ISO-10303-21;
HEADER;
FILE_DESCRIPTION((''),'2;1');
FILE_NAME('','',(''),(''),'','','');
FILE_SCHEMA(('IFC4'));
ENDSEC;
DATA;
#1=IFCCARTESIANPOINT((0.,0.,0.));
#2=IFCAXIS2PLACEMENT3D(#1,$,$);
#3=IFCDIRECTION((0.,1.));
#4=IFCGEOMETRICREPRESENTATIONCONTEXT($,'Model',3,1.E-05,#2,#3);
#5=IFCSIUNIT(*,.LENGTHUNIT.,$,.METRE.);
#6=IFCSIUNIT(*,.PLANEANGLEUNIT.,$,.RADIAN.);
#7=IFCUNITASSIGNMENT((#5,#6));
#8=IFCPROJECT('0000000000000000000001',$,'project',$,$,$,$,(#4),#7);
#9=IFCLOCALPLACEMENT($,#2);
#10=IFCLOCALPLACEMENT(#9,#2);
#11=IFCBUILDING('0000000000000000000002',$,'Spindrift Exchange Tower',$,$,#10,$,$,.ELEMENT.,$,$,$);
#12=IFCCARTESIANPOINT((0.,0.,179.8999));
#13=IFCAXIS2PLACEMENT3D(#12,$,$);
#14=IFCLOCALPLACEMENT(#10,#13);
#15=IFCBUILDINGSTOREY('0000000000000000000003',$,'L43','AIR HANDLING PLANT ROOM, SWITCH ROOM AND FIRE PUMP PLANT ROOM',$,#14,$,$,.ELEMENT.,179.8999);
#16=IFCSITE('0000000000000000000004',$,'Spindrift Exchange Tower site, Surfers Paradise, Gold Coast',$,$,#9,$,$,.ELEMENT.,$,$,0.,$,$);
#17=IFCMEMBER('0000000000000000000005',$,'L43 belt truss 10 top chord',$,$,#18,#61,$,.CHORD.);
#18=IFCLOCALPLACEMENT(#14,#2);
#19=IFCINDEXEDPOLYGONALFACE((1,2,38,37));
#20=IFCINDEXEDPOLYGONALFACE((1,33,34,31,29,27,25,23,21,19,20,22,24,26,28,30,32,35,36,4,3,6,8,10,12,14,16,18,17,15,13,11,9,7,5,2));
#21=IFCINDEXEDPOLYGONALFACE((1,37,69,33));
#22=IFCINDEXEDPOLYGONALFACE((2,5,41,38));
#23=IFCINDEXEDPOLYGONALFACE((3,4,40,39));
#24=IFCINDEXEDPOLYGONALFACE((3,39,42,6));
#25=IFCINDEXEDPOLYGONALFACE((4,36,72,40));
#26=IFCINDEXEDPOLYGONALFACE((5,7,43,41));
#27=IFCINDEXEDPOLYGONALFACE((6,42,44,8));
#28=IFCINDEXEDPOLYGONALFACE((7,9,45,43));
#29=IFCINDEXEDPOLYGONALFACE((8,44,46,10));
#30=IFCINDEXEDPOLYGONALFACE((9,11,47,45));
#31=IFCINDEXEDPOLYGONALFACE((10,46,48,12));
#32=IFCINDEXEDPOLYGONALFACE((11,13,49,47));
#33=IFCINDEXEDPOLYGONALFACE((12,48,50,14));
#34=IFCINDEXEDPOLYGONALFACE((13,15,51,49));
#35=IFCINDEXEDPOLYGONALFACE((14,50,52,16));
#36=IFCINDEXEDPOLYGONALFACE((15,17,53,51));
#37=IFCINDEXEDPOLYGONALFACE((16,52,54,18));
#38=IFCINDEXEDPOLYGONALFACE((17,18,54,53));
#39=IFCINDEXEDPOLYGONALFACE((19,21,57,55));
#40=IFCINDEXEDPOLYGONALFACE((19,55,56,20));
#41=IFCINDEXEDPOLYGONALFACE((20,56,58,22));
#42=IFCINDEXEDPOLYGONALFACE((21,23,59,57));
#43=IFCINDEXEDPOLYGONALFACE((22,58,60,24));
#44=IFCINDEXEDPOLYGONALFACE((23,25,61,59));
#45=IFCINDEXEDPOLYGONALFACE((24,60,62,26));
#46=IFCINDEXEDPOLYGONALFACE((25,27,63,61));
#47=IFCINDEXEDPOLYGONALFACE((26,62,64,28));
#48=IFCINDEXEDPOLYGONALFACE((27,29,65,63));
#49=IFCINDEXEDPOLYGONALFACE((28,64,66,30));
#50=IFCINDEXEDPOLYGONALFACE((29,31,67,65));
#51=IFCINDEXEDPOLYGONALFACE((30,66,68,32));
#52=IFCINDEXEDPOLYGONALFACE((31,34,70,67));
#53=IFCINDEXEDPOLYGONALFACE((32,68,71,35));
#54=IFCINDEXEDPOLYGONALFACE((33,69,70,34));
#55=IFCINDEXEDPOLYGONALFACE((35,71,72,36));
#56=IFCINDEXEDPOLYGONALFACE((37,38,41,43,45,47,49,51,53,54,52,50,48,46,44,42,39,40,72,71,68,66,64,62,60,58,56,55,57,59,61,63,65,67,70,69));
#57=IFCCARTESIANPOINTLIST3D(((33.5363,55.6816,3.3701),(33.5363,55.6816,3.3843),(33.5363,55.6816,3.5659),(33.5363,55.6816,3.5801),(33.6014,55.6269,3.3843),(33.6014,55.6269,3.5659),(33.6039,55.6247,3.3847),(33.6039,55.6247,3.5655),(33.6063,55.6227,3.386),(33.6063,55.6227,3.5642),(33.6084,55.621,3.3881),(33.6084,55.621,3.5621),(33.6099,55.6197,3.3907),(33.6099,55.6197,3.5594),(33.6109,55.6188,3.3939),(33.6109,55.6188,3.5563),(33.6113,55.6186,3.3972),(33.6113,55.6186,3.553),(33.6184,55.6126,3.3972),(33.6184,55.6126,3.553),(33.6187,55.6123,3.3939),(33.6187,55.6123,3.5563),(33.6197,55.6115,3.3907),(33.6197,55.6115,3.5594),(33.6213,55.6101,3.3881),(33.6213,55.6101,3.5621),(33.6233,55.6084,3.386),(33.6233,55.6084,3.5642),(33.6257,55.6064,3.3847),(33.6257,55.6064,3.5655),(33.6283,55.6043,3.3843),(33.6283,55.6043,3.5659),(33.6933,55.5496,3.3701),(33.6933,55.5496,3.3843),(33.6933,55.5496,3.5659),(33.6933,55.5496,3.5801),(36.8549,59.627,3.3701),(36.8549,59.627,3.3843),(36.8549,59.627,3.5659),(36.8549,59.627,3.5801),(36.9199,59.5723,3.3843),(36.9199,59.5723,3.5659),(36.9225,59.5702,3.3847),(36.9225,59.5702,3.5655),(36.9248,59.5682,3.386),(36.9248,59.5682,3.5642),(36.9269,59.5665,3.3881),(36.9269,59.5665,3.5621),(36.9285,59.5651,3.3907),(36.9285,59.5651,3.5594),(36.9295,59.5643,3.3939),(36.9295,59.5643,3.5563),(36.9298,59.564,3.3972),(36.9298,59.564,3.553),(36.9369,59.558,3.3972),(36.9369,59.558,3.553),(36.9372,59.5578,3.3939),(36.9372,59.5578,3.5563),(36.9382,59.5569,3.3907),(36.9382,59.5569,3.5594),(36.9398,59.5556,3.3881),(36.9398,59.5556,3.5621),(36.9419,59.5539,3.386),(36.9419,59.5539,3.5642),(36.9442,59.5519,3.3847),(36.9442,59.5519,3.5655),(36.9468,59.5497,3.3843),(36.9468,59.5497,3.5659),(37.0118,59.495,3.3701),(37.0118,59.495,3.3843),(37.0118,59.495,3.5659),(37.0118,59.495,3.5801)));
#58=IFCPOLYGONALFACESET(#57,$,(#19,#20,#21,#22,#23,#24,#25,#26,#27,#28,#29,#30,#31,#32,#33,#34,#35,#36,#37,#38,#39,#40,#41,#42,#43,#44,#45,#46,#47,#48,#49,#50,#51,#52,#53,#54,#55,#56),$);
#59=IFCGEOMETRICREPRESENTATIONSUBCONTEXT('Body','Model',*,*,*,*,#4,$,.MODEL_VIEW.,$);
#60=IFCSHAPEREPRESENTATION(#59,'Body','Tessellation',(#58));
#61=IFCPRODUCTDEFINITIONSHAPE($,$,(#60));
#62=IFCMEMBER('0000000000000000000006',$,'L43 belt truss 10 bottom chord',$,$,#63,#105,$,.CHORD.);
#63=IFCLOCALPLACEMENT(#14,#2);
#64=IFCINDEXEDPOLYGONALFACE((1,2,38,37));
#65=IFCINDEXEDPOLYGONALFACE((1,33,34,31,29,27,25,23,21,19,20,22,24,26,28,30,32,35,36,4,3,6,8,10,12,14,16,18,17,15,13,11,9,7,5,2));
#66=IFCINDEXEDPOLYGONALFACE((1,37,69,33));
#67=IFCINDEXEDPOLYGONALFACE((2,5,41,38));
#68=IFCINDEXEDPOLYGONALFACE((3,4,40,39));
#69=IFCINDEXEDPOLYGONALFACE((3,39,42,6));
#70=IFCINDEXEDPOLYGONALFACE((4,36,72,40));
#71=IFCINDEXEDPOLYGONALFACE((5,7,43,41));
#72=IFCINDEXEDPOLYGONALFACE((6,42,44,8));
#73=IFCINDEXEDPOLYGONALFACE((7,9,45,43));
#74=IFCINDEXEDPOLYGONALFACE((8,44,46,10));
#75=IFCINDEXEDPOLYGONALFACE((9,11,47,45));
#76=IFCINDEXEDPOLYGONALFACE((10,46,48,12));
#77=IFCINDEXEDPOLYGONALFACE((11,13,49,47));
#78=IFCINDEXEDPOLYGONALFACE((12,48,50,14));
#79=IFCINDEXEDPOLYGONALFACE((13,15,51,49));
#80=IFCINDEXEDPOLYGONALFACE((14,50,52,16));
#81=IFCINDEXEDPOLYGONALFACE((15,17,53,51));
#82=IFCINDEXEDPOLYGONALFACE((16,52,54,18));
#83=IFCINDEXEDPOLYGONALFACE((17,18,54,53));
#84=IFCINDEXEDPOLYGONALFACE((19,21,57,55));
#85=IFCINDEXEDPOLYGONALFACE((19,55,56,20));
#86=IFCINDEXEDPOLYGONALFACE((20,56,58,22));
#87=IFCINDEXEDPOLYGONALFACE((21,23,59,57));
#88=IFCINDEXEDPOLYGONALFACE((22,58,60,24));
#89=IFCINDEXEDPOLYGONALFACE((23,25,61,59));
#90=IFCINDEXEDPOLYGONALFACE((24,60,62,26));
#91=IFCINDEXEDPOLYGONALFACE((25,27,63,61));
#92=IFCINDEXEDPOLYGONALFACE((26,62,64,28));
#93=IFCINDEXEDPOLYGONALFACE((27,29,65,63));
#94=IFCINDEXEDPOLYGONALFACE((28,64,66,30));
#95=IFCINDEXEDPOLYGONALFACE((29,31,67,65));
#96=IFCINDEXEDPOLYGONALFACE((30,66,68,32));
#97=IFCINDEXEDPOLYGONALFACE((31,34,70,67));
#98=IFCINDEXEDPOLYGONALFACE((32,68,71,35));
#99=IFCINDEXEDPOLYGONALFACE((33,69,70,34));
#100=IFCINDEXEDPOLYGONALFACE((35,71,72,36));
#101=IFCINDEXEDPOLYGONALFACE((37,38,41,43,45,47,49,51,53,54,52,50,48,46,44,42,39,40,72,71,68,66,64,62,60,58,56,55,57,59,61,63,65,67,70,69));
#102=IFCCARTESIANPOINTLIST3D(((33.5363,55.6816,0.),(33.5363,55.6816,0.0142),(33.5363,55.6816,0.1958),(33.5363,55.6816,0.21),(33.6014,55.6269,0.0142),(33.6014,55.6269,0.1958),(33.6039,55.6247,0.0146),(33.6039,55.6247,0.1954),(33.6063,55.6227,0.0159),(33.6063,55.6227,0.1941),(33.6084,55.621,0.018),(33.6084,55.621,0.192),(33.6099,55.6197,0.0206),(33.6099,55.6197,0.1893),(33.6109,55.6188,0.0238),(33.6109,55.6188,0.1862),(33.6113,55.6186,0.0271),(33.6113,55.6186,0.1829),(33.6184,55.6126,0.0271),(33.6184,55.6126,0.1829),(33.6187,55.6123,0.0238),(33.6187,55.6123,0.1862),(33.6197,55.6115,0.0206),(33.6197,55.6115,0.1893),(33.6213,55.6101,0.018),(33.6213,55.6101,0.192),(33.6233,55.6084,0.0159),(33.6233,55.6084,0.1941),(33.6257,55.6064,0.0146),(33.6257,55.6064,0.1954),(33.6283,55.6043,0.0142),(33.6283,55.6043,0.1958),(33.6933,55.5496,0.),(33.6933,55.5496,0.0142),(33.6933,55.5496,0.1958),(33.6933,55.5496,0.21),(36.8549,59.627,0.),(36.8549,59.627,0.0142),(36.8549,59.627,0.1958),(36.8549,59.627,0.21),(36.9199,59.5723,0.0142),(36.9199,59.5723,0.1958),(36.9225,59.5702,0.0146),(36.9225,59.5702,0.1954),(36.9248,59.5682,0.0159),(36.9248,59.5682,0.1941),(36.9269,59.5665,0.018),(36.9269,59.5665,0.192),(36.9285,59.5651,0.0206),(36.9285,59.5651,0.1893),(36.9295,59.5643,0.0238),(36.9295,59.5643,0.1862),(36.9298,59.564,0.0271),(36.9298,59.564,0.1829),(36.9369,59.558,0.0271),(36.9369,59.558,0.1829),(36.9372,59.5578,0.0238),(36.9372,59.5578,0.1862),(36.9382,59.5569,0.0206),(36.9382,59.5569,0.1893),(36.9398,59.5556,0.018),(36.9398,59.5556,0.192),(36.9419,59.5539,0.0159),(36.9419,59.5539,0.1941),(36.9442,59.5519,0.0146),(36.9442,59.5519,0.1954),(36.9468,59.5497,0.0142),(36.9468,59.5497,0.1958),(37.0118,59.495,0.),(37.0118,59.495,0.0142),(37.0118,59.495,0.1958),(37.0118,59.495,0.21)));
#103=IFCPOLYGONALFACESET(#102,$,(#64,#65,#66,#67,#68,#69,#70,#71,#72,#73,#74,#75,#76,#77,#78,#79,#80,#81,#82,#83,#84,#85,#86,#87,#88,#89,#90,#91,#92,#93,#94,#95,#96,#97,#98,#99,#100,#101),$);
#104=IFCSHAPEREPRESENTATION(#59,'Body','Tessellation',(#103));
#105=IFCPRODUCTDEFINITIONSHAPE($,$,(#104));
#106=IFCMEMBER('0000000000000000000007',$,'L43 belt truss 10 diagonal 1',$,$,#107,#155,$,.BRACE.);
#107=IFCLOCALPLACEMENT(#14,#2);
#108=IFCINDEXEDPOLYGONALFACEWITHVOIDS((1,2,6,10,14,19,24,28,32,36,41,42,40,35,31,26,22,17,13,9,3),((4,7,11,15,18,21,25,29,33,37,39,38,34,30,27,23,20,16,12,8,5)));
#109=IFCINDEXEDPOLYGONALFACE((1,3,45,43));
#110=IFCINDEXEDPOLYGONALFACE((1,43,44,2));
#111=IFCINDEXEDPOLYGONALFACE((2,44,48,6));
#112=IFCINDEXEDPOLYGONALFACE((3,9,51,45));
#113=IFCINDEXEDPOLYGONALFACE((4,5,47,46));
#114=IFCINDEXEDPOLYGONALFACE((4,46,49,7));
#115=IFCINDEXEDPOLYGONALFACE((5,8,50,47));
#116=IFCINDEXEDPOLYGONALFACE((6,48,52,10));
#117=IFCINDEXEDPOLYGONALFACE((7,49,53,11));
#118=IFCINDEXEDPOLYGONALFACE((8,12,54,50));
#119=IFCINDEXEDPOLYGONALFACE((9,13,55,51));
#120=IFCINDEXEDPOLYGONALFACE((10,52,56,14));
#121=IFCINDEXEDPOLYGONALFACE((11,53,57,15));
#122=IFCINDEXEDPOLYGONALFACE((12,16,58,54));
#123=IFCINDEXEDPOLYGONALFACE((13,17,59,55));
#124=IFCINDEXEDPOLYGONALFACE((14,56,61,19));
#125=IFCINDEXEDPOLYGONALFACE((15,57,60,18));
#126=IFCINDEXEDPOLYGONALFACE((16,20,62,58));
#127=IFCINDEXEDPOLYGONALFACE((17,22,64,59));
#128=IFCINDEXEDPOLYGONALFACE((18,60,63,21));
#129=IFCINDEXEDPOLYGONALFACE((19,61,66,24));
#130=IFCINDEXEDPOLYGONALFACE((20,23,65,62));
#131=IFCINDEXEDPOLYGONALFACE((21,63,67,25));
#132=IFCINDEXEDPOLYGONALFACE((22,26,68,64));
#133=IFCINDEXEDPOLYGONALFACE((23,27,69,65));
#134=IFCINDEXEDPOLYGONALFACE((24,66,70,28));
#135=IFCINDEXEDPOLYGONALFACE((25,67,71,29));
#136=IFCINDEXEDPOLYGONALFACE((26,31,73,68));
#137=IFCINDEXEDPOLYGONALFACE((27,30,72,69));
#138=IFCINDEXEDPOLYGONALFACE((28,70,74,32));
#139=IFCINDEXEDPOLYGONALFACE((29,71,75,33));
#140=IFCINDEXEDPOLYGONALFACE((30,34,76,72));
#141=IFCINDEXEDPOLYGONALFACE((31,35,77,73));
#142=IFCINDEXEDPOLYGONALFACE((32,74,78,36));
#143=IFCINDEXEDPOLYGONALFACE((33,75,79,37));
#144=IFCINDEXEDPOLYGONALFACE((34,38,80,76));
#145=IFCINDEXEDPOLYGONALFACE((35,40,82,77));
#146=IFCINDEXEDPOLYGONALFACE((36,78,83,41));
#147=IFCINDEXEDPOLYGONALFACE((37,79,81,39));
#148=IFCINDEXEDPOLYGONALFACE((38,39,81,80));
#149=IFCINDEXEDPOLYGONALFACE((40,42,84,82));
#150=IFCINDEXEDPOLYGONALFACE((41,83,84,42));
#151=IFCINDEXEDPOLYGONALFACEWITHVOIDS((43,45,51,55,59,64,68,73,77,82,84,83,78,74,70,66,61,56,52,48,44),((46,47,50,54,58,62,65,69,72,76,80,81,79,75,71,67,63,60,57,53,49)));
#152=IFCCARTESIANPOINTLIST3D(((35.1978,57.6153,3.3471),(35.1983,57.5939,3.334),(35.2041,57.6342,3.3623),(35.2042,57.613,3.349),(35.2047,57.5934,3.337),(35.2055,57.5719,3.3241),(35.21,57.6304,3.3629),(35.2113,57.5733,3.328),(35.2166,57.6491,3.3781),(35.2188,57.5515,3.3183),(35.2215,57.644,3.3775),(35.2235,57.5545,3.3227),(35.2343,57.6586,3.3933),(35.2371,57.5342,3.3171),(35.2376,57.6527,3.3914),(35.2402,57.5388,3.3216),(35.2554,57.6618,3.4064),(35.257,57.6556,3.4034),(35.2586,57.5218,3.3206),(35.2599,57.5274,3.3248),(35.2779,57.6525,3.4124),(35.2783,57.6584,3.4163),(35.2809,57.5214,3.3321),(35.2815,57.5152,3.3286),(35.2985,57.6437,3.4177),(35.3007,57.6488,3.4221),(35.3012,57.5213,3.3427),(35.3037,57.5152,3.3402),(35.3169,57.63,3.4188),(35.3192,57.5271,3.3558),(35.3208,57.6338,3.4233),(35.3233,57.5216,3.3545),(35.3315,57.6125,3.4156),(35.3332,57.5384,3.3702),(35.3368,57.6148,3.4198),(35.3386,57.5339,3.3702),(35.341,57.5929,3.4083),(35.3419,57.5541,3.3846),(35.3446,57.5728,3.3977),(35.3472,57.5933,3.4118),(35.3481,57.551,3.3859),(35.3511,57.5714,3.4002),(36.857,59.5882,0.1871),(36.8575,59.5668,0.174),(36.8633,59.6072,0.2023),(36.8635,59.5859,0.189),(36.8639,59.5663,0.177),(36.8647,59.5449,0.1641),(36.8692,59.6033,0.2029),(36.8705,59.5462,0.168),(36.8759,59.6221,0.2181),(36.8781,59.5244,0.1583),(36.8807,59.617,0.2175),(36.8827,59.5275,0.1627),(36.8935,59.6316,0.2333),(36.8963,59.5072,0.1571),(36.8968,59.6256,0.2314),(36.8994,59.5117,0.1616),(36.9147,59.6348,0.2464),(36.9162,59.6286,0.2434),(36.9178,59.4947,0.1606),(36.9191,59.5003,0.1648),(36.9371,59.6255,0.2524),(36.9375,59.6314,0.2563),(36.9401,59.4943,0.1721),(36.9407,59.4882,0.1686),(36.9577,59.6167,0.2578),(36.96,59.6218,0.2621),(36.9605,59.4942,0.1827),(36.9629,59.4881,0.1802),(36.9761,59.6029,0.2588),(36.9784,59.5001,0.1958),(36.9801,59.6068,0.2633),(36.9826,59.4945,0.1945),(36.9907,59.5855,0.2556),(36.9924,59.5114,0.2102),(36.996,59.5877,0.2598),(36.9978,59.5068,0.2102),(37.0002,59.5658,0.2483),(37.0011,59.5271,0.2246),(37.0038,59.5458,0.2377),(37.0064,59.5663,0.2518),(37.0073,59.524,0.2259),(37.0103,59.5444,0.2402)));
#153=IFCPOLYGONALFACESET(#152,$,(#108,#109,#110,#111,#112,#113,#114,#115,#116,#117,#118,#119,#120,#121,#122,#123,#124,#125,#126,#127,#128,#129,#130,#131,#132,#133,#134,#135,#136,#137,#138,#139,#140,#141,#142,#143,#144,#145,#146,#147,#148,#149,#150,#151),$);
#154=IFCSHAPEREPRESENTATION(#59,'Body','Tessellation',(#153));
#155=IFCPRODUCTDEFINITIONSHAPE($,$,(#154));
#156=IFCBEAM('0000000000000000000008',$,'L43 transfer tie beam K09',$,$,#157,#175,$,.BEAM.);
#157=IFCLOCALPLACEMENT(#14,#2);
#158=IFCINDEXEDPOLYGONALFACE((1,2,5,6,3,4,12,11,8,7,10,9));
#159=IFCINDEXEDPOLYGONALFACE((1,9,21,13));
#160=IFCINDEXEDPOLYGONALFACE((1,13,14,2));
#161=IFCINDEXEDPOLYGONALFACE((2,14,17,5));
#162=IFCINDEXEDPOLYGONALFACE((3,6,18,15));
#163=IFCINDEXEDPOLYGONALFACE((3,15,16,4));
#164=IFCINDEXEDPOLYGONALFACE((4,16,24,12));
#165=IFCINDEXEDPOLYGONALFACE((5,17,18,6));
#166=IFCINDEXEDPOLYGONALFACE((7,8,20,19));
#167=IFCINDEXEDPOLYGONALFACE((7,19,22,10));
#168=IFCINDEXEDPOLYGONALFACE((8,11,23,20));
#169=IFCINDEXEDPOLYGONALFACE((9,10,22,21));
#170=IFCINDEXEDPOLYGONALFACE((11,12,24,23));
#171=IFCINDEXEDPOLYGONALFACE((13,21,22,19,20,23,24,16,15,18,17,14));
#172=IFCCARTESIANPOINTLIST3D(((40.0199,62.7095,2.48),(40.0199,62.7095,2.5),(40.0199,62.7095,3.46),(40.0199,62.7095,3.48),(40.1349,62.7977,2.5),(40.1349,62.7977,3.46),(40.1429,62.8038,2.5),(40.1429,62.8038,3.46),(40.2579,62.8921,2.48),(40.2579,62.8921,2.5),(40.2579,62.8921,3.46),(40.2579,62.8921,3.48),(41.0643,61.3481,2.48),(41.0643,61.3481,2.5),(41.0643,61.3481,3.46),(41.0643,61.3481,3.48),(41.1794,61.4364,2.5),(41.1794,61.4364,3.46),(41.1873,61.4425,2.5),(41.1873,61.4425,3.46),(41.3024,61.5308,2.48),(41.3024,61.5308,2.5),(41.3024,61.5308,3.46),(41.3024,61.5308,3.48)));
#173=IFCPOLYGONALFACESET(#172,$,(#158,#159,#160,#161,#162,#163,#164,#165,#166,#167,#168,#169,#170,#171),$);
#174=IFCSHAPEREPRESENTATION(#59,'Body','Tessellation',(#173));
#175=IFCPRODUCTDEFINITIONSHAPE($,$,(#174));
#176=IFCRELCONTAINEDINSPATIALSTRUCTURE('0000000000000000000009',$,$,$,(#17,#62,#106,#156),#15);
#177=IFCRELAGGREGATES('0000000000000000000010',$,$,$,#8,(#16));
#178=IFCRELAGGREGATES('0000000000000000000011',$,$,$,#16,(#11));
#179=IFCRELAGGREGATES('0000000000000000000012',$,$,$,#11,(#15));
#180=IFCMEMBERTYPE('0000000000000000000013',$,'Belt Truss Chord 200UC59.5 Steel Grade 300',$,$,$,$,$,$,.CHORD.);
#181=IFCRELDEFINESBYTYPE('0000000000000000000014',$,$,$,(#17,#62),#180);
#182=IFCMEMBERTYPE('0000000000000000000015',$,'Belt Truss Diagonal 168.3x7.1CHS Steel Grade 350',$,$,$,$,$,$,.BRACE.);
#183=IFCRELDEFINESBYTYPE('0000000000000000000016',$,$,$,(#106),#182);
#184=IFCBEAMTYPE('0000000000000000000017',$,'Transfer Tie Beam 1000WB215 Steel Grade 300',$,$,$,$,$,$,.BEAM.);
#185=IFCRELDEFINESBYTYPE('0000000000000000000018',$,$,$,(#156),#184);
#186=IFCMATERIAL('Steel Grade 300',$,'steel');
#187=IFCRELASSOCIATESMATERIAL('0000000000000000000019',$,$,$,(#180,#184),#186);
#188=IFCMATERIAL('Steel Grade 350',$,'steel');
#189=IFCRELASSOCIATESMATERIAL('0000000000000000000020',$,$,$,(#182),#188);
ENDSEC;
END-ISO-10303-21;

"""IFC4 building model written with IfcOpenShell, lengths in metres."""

from ifc_helpers import new_model, si_unit, direction, frame, origin, origin_2d, place, context, subcontext, project, spatial, hollow_circle, i_section, extrude, source, transform, mapped, material, material_profile, profile_set, type_object, element, save


model = new_model("IFC4")

# Units and contexts
model_context = context("Model", 3, precision=1e-05, world=origin(), true_north=direction((0.0, 1.0)))
body_context = subcontext(model_context, "Body", "Model", "MODEL_VIEW")
ifc_project = project(units=[si_unit("LENGTHUNIT", "METRE"), si_unit("PLANEANGLEUNIT", "RADIAN")], contexts=[model_context])

# Site, building, storey
site_placement = place(None, origin())
site = spatial("IfcSite", under=ifc_project, at=site_placement, Name="Spindrift Exchange Tower site, Surfers Paradise, Gold Coast", CompositionType="ELEMENT", RefElevation=0.0)
building_placement = place(site_placement, origin())
building = spatial("IfcBuilding", under=site, at=building_placement, Name="Spindrift Exchange Tower", CompositionType="ELEMENT")
storey_placement = place(building_placement, frame((0.0, 0.0, 179.8999)))
storey = spatial("IfcBuildingStorey", under=building, at=storey_placement, Name="L43", Description="AIR HANDLING PLANT ROOM, SWITCH ROOM AND FIRE PUMP PLANT ROOM", CompositionType="ELEMENT", Elevation=179.8999)

# Members
ifc_material_1 = material(Name="Steel Grade 300", Category="steel")
ifc_material_profile_1 = material_profile(ifc_material_1, i_section(OverallWidth=0.2051, OverallDepth=0.21, WebThickness=0.0093, FlangeThickness=0.0142, FilletRadius=0.0129, at=origin_2d()), Name="200UC59.5")
ifc_profile_set_1 = profile_set([ifc_material_profile_1], Name="Steel Grade 300")
member_type_1 = type_object("IfcMemberType", Name="Belt Truss Chord 200UC59.5 Steel Grade 300", PredefinedType="CHORD", material=ifc_profile_set_1)
ifc_material_2 = material(Name="Steel Grade 350", Category="steel")
ifc_material_profile_2 = material_profile(ifc_material_2, hollow_circle(Radius=0.0842, WallThickness=0.0071, at=origin_2d()), Name="168.3x7.1CHS")
ifc_profile_set_2 = profile_set([ifc_material_profile_2], Name="Steel Grade 350")
member_type_2 = type_object("IfcMemberType", Name="Belt Truss Diagonal 168.3x7.1CHS Steel Grade 350", PredefinedType="BRACE", material=ifc_profile_set_2)
shared_shape_1 = source(origin(), body_context, "Body", "SweptSolid", [
    extrude(i_section(OverallWidth=0.2051, OverallDepth=0.21, WebThickness=0.0093, FlangeThickness=0.0142, FilletRadius=0.0129, at=origin_2d()), origin(), (0.0, 0.0, 1.0), 5.1555),
])
for number, where, z_axis, x_axis, name in (
    (1, (36.9333, 59.561, 3.4751), (-0.643685, -0.765291, 0.0), (0.765291, -0.643685, 0.0), "L43 belt truss 10 top chord"),
    (2, (36.9333, 59.561, 0.105), (-0.643685, -0.765291, 0.0), (0.765291, -0.643685, 0.0), "L43 belt truss 10 bottom chord"),
):
    element("IfcMember", number, at=place(storey_placement, frame(where, z_axis=z_axis, x_axis=x_axis)), inside=storey, type_object=member_type_1, Name=name, PredefinedType="CHORD", context=body_context, shape_type="MappedRepresentation", body=[
        mapped(shared_shape_1, transform((0.0, 0.0, 0.0), scale=1.0)),
    ])
shared_shape_2 = source(origin(), body_context, "Body", "SweptSolid", [
    extrude(hollow_circle(Radius=0.0842, WallThickness=0.0071, at=origin_2d()), origin(), (0.0, 0.0, 1.0), 4.0781),
])
member_1_placement = place(storey_placement, frame((36.9333, 59.561, 0.2102), z_axis=(-0.406859, -0.483789, 0.774864), x_axis=(0.765333, -0.643634, 0.0)))
element("IfcMember", 3, at=member_1_placement, inside=storey, type_object=member_type_2, Name="L43 belt truss 10 diagonal 1", PredefinedType="BRACE", context=body_context, shape_type="MappedRepresentation", body=[
    mapped(shared_shape_2, transform((0.0, 0.0, 0.0), scale=1.0)),
])

# Beam
ifc_material_profile_3 = material_profile(ifc_material_1, i_section(OverallWidth=0.3, OverallDepth=1.0, WebThickness=0.01, FlangeThickness=0.02, at=origin_2d()), Name="1000WB215")
ifc_profile_set_3 = profile_set([ifc_material_profile_3], Name="Steel Grade 300")
beam_type = type_object("IfcBeamType", Name="Transfer Tie Beam 1000WB215 Steel Grade 300", PredefinedType="BEAM", material=ifc_profile_set_3)
shared_shape_3 = source(origin(), body_context, "Body", "SweptSolid", [
    extrude(i_section(OverallWidth=0.3, OverallDepth=1.0, WebThickness=0.01, FlangeThickness=0.02, at=origin_2d()), origin(), (0.0, 0.0, 1.0), 1.7158),
])
beam_1_placement = place(storey_placement, frame((40.1389, 62.8008, 2.98), z_axis=(0.608706, -0.793396, 0.0), x_axis=(0.793396, 0.608706, 0.0)))
element("IfcBeam", 4, at=beam_1_placement, inside=storey, type_object=beam_type, Name="L43 transfer tie beam K09", PredefinedType="BEAM", context=body_context, shape_type="MappedRepresentation", body=[
    mapped(shared_shape_3, transform((0.0, 0.0, 0.0), scale=1.0)),
])

save(model, "model.ifc")
